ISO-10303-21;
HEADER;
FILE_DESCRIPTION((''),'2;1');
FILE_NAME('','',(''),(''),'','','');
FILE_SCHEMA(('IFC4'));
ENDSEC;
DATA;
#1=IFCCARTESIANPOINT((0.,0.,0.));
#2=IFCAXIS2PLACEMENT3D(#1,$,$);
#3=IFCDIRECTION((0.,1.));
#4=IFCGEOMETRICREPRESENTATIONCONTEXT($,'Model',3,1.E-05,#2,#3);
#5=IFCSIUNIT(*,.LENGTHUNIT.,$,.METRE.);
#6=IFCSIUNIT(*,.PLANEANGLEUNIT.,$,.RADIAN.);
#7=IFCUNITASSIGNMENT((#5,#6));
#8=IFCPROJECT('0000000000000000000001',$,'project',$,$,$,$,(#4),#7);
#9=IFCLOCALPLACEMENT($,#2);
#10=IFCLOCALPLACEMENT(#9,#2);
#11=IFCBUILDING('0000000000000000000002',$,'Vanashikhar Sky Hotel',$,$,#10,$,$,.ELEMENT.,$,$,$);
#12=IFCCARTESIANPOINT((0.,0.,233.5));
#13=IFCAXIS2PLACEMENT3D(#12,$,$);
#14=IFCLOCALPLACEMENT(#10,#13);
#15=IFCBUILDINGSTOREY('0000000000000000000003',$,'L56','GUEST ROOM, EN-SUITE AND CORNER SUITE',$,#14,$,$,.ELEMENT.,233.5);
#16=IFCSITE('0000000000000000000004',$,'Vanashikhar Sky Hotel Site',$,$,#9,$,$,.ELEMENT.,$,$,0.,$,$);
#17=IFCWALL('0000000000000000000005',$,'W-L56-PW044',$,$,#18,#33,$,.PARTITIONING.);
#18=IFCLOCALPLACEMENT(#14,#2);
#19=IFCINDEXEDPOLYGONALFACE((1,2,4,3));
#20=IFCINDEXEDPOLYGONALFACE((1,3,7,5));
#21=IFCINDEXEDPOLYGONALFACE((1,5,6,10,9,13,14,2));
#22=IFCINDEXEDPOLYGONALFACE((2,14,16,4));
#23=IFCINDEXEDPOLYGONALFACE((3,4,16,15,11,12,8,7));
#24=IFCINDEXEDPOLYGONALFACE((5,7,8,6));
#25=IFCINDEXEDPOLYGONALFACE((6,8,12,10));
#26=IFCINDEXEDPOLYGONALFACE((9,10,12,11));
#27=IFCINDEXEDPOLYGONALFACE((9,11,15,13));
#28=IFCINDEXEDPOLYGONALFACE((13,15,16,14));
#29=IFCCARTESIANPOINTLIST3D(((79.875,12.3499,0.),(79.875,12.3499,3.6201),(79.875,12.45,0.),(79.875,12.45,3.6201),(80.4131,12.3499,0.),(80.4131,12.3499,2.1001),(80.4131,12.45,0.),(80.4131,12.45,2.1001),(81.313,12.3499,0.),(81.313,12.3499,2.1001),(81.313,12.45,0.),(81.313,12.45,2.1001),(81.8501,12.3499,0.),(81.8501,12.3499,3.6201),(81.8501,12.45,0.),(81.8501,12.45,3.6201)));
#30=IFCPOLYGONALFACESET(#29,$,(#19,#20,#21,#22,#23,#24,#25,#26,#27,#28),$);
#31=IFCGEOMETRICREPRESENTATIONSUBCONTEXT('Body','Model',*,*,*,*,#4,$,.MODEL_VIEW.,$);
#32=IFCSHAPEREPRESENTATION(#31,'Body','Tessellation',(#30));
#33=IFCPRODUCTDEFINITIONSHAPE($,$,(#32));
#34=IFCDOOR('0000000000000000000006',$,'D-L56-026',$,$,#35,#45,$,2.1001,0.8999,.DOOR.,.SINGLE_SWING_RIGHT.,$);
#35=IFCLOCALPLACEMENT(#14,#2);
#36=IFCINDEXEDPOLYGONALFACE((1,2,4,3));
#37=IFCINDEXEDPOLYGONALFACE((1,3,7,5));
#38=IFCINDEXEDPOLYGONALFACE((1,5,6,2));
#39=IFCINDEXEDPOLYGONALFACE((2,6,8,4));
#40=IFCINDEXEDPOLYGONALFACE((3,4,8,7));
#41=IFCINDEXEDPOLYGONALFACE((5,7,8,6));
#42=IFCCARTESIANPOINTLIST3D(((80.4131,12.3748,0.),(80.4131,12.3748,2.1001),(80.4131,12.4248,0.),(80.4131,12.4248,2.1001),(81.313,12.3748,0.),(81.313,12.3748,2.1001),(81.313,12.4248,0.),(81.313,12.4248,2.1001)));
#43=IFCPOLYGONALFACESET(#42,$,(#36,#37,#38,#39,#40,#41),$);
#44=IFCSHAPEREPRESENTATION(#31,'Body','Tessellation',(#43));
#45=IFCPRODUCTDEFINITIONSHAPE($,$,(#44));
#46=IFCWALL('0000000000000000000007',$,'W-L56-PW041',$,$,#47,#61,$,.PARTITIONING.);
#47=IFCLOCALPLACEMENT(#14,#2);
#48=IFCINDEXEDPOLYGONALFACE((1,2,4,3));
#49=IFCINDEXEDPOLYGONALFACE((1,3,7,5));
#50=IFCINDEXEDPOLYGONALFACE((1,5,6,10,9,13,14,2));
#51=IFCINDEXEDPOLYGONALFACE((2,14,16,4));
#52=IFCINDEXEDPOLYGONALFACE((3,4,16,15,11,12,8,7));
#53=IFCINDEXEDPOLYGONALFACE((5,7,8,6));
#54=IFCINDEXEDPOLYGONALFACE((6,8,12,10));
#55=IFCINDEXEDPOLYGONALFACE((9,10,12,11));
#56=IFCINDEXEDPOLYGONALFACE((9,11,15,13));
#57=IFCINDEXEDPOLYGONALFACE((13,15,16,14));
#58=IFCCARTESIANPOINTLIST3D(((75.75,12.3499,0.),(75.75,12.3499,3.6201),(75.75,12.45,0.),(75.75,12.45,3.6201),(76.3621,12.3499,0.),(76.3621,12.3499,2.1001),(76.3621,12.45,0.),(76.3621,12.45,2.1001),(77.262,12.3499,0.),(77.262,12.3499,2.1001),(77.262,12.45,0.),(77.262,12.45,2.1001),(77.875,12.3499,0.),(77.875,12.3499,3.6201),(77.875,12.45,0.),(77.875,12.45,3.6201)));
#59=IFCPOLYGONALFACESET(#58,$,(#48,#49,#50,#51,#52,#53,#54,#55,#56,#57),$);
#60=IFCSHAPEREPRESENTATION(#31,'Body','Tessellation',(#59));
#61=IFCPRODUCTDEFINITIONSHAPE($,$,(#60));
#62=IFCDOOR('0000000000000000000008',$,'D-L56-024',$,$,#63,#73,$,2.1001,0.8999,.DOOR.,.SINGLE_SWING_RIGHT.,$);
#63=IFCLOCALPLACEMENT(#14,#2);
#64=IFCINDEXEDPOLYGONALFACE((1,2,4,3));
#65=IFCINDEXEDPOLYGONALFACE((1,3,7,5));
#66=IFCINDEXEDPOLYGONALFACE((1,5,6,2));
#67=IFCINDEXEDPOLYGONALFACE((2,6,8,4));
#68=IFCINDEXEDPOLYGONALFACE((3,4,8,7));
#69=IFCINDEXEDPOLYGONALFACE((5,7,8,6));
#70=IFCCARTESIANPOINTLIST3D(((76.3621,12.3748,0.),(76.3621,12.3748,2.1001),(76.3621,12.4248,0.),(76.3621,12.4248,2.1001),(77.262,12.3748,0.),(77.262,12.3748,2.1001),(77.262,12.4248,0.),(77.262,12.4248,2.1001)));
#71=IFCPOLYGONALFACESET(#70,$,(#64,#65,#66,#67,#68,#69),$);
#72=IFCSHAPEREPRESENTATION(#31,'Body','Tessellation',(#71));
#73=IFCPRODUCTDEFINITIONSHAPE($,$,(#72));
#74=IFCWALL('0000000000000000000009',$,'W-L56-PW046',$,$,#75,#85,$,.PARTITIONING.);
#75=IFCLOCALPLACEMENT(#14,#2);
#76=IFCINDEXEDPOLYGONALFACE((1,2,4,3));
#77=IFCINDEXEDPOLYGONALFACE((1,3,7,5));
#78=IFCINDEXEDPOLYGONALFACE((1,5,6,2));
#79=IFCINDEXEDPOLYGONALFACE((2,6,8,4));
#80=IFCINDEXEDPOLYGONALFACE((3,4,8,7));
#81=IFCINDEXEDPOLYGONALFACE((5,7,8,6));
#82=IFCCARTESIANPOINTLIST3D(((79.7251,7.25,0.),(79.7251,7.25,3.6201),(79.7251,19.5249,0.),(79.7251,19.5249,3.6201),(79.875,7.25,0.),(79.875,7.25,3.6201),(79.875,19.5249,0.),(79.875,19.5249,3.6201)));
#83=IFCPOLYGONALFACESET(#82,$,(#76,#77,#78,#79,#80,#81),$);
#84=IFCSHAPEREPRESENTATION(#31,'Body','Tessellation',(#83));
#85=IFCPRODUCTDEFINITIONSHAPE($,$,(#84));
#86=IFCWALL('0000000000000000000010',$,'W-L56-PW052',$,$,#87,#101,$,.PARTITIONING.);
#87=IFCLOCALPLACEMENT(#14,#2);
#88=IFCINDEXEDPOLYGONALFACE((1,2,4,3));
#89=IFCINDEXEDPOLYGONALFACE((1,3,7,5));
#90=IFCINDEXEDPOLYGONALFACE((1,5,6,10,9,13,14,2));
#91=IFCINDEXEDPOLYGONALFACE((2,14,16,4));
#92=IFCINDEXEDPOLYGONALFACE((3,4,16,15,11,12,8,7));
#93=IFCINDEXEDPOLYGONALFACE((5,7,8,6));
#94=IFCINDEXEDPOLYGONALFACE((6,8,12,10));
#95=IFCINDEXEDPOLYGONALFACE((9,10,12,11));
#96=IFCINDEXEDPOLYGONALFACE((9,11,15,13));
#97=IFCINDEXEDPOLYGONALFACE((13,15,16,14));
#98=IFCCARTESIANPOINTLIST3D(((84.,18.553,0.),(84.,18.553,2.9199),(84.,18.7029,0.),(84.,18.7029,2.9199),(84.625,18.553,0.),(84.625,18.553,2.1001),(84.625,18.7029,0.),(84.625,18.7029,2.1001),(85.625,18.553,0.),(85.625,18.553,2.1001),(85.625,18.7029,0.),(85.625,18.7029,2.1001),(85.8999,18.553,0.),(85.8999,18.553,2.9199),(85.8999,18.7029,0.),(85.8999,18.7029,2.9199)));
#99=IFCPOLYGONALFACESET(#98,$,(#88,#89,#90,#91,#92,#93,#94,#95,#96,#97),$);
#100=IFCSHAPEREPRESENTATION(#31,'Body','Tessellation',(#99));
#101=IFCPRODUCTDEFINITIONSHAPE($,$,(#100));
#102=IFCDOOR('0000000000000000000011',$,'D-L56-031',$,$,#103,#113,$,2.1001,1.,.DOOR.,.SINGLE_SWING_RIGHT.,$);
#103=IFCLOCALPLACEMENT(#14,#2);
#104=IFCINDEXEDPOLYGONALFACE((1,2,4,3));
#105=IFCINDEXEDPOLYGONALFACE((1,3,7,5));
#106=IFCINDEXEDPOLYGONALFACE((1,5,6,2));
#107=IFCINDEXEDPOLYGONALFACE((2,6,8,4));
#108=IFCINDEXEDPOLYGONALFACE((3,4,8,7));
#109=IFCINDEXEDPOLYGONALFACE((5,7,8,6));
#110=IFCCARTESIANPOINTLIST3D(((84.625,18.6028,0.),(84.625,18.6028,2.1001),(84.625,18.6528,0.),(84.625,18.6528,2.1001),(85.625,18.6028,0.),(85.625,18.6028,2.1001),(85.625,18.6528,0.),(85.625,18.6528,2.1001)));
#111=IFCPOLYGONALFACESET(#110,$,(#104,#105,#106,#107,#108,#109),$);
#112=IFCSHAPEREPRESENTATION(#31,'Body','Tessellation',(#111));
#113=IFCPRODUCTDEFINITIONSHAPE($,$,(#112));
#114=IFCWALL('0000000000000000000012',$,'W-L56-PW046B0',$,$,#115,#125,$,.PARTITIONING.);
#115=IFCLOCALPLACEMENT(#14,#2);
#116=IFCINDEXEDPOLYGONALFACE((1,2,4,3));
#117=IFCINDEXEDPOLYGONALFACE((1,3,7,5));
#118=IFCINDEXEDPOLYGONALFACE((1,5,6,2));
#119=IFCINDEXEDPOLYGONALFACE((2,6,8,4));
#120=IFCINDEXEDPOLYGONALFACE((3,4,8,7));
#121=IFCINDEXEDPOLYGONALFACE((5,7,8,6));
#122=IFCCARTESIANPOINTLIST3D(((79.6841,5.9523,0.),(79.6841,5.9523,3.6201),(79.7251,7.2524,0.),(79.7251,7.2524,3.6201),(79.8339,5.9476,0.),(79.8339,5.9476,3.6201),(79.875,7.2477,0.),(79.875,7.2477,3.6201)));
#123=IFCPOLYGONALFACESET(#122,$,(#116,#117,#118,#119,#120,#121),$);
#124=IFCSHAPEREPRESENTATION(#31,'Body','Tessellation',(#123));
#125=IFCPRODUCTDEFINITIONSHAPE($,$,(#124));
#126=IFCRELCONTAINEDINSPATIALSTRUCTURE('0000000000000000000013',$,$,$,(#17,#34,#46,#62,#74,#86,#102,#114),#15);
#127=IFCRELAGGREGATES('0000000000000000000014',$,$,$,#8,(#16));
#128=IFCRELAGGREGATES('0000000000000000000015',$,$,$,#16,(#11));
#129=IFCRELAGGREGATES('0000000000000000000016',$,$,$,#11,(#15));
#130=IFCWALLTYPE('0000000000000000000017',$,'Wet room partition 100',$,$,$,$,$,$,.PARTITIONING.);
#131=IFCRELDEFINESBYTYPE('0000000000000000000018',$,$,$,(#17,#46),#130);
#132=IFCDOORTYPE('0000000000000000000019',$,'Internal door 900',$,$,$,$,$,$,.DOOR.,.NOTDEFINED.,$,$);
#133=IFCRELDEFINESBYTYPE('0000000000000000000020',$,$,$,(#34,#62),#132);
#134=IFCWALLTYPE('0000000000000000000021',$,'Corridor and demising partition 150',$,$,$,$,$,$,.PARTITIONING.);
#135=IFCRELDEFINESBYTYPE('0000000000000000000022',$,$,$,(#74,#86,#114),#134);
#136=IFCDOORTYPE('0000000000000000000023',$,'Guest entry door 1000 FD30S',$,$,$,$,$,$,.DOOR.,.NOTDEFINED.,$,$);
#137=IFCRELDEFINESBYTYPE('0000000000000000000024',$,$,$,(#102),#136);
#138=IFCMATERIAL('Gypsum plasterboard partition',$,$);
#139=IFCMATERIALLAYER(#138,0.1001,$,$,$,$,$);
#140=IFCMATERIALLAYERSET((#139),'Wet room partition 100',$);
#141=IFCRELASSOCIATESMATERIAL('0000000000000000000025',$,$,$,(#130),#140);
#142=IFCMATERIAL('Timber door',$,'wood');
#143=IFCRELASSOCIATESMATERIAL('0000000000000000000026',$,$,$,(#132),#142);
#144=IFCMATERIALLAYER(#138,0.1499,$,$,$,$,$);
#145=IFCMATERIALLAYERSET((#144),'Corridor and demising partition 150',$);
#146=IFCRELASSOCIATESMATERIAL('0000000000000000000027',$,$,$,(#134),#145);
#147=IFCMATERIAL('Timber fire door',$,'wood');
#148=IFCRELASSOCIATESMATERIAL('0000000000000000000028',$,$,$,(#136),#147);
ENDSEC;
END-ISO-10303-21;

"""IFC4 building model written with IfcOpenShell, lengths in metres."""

from ifc_helpers import new_model, si_unit, direction, frame, frame_2d, origin, place, context, subcontext, project, spatial, rectangle, extrude, source, transform, mapped, material, layer, layer_set, type_object, element, fill, save


model = new_model("IFC4")

# Units and contexts
model_context = context("Model", 3, precision=1e-05, world=origin(), true_north=direction((0.0, 1.0)))
body_context = subcontext(model_context, "Body", "Model", "MODEL_VIEW")
ifc_project = project(units=[si_unit("LENGTHUNIT", "METRE"), si_unit("PLANEANGLEUNIT", "RADIAN")], contexts=[model_context])

# Site, building, storey
site_placement = place(None, origin())
site = spatial("IfcSite", under=ifc_project, at=site_placement, Name="Vanashikhar Sky Hotel Site", CompositionType="ELEMENT", RefElevation=0.0)
building_placement = place(site_placement, origin())
building = spatial("IfcBuilding", under=site, at=building_placement, Name="Vanashikhar Sky Hotel", CompositionType="ELEMENT")
storey_placement = place(building_placement, frame((0.0, 0.0, 233.5)))
storey = spatial("IfcBuildingStorey", under=building, at=storey_placement, Name="L56", Description="GUEST ROOM, EN-SUITE AND CORNER SUITE", CompositionType="ELEMENT", Elevation=233.5)

# Shared definitions
ifc_material_1 = material(Name="Gypsum plasterboard partition")
ifc_layer_1 = layer(ifc_material_1, 0.1001)
ifc_layer_set_1 = layer_set([ifc_layer_1], Name="Wet room partition 100")
wall_type_1 = type_object("IfcWallType", Name="Wet room partition 100", PredefinedType="PARTITIONING", material=ifc_layer_set_1)

# Walls, openings, doors
shared_shape_1 = source(origin(), body_context, "Body", "SweptSolid", [
    extrude(rectangle(XDim=1.9751, YDim=0.1001, at=frame_2d((0.9875, 0.0))), origin(), (0.0, 0.0, 1.0), 3.6201),
])
wall_1_placement = place(storey_placement, frame((79.875, 12.3999, 0.0), z_axis=(0.0, 0.0, 1.0), x_axis=(1.0, 0.0, 0.0)))
wall_1 = element("IfcWall", 1, at=wall_1_placement, inside=storey, type_object=wall_type_1, Name="W-L56-PW044", PredefinedType="PARTITIONING", context=body_context, shape_type="MappedRepresentation", body=[
    mapped(shared_shape_1, transform((0.0, 0.0, 0.0), scale=1.0)),
])
shared_shape_2 = source(origin(), body_context, "Body", "SweptSolid", [
    extrude(rectangle(XDim=0.8999, YDim=2.1001, at=frame_2d((0.45, 1.05))), frame((0.0, 0.0601, 0.0), z_axis=(0.0, -1.0, 0.0), x_axis=(1.0, 0.0, 0.0)), (0.0, 0.0, 1.0), 0.1201),
])
opening_1_placement = place(wall_1_placement, frame((0.5381, 0.0, 0.0)))
opening_1 = element("IfcOpeningElement", 2, at=opening_1_placement, cuts=wall_1, PredefinedType="OPENING", context=body_context, shape_type="MappedRepresentation", body=[
    mapped(shared_shape_2, transform((0.0, 0.0, 0.0), scale=1.0)),
])
ifc_material_2 = material(Name="Timber door", Category="wood")
door_type_1 = type_object("IfcDoorType", Name="Internal door 900", OperationType="NOTDEFINED", PredefinedType="DOOR", material=ifc_material_2)
shared_shape_3 = source(origin(), body_context, "Body", "SweptSolid", [
    extrude(rectangle(XDim=0.8999, YDim=2.1001, at=frame_2d((0.45, 1.05))), frame((0.0, 0.0249, 0.0), z_axis=(0.0, -1.0, 0.0), x_axis=(1.0, 0.0, 0.0)), (0.0, 0.0, 1.0), 0.05),
])
door_1_placement = place(opening_1_placement, origin())
door_1 = element("IfcDoor", 3, at=door_1_placement, inside=storey, type_object=door_type_1, Name="D-L56-026", OperationType="SINGLE_SWING_RIGHT", OverallHeight=2.1001, OverallWidth=0.8999, PredefinedType="DOOR", context=body_context, shape_type="MappedRepresentation", body=[
    mapped(shared_shape_3, transform((0.0, 0.0, 0.0), scale=1.0)),
])
fill(opening_1, door_1)
shared_shape_4 = source(origin(), body_context, "Body", "SweptSolid", [
    extrude(rectangle(XDim=2.125, YDim=0.1001, at=frame_2d((1.0625, 0.0))), origin(), (0.0, 0.0, 1.0), 3.6201),
])
wall_2_placement = place(storey_placement, frame((75.75, 12.3999, 0.0), z_axis=(0.0, 0.0, 1.0), x_axis=(1.0, 0.0, 0.0)))
wall_2 = element("IfcWall", 4, at=wall_2_placement, inside=storey, type_object=wall_type_1, Name="W-L56-PW041", PredefinedType="PARTITIONING", context=body_context, shape_type="MappedRepresentation", body=[
    mapped(shared_shape_4, transform((0.0, 0.0, 0.0), scale=1.0)),
])
opening_2_placement = place(wall_2_placement, frame((0.6121, 0.0, 0.0)))
opening_2 = element("IfcOpeningElement", 5, at=opening_2_placement, cuts=wall_2, PredefinedType="OPENING", context=body_context, shape_type="MappedRepresentation", body=[
    mapped(shared_shape_2, transform((0.0, 0.0, 0.0), scale=1.0)),
])
door_2_placement = place(opening_2_placement, origin())
door_2 = element("IfcDoor", 6, at=door_2_placement, inside=storey, type_object=door_type_1, Name="D-L56-024", OperationType="SINGLE_SWING_RIGHT", OverallHeight=2.1001, OverallWidth=0.8999, PredefinedType="DOOR", context=body_context, shape_type="MappedRepresentation", body=[
    mapped(shared_shape_3, transform((0.0, 0.0, 0.0), scale=1.0)),
])
fill(opening_2, door_2)

# Wall
ifc_layer_2 = layer(ifc_material_1, 0.1499)
ifc_layer_set_2 = layer_set([ifc_layer_2], Name="Corridor and demising partition 150")
wall_type_2 = type_object("IfcWallType", Name="Corridor and demising partition 150", PredefinedType="PARTITIONING", material=ifc_layer_set_2)
shared_shape_5 = source(origin(), body_context, "Body", "SweptSolid", [
    extrude(rectangle(XDim=12.2749, YDim=0.1499, at=frame_2d((6.1375, 0.0))), origin(), (0.0, 0.0, 1.0), 3.6201),
])
wall_3_placement = place(storey_placement, frame((79.8, 7.25, 0.0), z_axis=(0.0, 0.0, 1.0), x_axis=(0.0, 1.0, 0.0)))
element("IfcWall", 7, at=wall_3_placement, inside=storey, type_object=wall_type_2, Name="W-L56-PW046", PredefinedType="PARTITIONING", context=body_context, shape_type="MappedRepresentation", body=[
    mapped(shared_shape_5, transform((0.0, 0.0, 0.0), scale=1.0)),
])

# Wall, opening, door
shared_shape_6 = source(origin(), body_context, "Body", "SweptSolid", [
    extrude(rectangle(XDim=1.8999, YDim=0.1499, at=frame_2d((0.95, 0.0))), origin(), (0.0, 0.0, 1.0), 2.9199),
])
wall_4_placement = place(storey_placement, frame((84.0, 18.6279, 0.0), z_axis=(0.0, 0.0, 1.0), x_axis=(1.0, 0.0, 0.0)))
wall_4 = element("IfcWall", 8, at=wall_4_placement, inside=storey, type_object=wall_type_2, Name="W-L56-PW052", PredefinedType="PARTITIONING", context=body_context, shape_type="MappedRepresentation", body=[
    mapped(shared_shape_6, transform((0.0, 0.0, 0.0), scale=1.0)),
])
shared_shape_7 = source(origin(), body_context, "Body", "SweptSolid", [
    extrude(rectangle(XDim=1.0, YDim=2.1001, at=frame_2d((0.5, 1.05))), frame((0.0, 0.085, 0.0), z_axis=(0.0, -1.0, 0.0), x_axis=(1.0, 0.0, 0.0)), (0.0, 0.0, 1.0), 0.1699),
])
opening_3_placement = place(wall_4_placement, frame((0.625, 0.0, 0.0)))
opening_3 = element("IfcOpeningElement", 9, at=opening_3_placement, cuts=wall_4, PredefinedType="OPENING", context=body_context, shape_type="MappedRepresentation", body=[
    mapped(shared_shape_7, transform((0.0, 0.0, 0.0), scale=1.0)),
])
ifc_material_3 = material(Name="Timber fire door", Category="wood")
door_type_2 = type_object("IfcDoorType", Name="Guest entry door 1000 FD30S", OperationType="NOTDEFINED", PredefinedType="DOOR", material=ifc_material_3)
shared_shape_8 = source(origin(), body_context, "Body", "SweptSolid", [
    extrude(rectangle(XDim=1.0, YDim=2.1001, at=frame_2d((0.5, 1.05))), frame((0.0, 0.0249, 0.0), z_axis=(0.0, -1.0, 0.0), x_axis=(1.0, 0.0, 0.0)), (0.0, 0.0, 1.0), 0.05),
])
door_3_placement = place(opening_3_placement, origin())
door_3 = element("IfcDoor", 10, at=door_3_placement, inside=storey, type_object=door_type_2, Name="D-L56-031", OperationType="SINGLE_SWING_RIGHT", OverallHeight=2.1001, OverallWidth=1.0, PredefinedType="DOOR", context=body_context, shape_type="MappedRepresentation", body=[
    mapped(shared_shape_8, transform((0.0, 0.0, 0.0), scale=1.0)),
])
fill(opening_3, door_3)

# Wall
shared_shape_9 = source(origin(), body_context, "Body", "SweptSolid", [
    extrude(rectangle(XDim=1.3008, YDim=0.1499, at=frame_2d((0.6504, 0.0))), origin(), (0.0, 0.0, 1.0), 3.6201),
])
wall_5_placement = place(storey_placement, frame((79.759, 5.95, 0.0), z_axis=(0.0, 0.0, 1.0), x_axis=(0.031534, 0.999503, 0.0)))
element("IfcWall", 11, at=wall_5_placement, inside=storey, type_object=wall_type_2, Name="W-L56-PW046B0", PredefinedType="PARTITIONING", context=body_context, shape_type="MappedRepresentation", body=[
    mapped(shared_shape_9, transform((0.0, 0.0, 0.0), scale=1.0)),
])

save(model, "model.ifc")
